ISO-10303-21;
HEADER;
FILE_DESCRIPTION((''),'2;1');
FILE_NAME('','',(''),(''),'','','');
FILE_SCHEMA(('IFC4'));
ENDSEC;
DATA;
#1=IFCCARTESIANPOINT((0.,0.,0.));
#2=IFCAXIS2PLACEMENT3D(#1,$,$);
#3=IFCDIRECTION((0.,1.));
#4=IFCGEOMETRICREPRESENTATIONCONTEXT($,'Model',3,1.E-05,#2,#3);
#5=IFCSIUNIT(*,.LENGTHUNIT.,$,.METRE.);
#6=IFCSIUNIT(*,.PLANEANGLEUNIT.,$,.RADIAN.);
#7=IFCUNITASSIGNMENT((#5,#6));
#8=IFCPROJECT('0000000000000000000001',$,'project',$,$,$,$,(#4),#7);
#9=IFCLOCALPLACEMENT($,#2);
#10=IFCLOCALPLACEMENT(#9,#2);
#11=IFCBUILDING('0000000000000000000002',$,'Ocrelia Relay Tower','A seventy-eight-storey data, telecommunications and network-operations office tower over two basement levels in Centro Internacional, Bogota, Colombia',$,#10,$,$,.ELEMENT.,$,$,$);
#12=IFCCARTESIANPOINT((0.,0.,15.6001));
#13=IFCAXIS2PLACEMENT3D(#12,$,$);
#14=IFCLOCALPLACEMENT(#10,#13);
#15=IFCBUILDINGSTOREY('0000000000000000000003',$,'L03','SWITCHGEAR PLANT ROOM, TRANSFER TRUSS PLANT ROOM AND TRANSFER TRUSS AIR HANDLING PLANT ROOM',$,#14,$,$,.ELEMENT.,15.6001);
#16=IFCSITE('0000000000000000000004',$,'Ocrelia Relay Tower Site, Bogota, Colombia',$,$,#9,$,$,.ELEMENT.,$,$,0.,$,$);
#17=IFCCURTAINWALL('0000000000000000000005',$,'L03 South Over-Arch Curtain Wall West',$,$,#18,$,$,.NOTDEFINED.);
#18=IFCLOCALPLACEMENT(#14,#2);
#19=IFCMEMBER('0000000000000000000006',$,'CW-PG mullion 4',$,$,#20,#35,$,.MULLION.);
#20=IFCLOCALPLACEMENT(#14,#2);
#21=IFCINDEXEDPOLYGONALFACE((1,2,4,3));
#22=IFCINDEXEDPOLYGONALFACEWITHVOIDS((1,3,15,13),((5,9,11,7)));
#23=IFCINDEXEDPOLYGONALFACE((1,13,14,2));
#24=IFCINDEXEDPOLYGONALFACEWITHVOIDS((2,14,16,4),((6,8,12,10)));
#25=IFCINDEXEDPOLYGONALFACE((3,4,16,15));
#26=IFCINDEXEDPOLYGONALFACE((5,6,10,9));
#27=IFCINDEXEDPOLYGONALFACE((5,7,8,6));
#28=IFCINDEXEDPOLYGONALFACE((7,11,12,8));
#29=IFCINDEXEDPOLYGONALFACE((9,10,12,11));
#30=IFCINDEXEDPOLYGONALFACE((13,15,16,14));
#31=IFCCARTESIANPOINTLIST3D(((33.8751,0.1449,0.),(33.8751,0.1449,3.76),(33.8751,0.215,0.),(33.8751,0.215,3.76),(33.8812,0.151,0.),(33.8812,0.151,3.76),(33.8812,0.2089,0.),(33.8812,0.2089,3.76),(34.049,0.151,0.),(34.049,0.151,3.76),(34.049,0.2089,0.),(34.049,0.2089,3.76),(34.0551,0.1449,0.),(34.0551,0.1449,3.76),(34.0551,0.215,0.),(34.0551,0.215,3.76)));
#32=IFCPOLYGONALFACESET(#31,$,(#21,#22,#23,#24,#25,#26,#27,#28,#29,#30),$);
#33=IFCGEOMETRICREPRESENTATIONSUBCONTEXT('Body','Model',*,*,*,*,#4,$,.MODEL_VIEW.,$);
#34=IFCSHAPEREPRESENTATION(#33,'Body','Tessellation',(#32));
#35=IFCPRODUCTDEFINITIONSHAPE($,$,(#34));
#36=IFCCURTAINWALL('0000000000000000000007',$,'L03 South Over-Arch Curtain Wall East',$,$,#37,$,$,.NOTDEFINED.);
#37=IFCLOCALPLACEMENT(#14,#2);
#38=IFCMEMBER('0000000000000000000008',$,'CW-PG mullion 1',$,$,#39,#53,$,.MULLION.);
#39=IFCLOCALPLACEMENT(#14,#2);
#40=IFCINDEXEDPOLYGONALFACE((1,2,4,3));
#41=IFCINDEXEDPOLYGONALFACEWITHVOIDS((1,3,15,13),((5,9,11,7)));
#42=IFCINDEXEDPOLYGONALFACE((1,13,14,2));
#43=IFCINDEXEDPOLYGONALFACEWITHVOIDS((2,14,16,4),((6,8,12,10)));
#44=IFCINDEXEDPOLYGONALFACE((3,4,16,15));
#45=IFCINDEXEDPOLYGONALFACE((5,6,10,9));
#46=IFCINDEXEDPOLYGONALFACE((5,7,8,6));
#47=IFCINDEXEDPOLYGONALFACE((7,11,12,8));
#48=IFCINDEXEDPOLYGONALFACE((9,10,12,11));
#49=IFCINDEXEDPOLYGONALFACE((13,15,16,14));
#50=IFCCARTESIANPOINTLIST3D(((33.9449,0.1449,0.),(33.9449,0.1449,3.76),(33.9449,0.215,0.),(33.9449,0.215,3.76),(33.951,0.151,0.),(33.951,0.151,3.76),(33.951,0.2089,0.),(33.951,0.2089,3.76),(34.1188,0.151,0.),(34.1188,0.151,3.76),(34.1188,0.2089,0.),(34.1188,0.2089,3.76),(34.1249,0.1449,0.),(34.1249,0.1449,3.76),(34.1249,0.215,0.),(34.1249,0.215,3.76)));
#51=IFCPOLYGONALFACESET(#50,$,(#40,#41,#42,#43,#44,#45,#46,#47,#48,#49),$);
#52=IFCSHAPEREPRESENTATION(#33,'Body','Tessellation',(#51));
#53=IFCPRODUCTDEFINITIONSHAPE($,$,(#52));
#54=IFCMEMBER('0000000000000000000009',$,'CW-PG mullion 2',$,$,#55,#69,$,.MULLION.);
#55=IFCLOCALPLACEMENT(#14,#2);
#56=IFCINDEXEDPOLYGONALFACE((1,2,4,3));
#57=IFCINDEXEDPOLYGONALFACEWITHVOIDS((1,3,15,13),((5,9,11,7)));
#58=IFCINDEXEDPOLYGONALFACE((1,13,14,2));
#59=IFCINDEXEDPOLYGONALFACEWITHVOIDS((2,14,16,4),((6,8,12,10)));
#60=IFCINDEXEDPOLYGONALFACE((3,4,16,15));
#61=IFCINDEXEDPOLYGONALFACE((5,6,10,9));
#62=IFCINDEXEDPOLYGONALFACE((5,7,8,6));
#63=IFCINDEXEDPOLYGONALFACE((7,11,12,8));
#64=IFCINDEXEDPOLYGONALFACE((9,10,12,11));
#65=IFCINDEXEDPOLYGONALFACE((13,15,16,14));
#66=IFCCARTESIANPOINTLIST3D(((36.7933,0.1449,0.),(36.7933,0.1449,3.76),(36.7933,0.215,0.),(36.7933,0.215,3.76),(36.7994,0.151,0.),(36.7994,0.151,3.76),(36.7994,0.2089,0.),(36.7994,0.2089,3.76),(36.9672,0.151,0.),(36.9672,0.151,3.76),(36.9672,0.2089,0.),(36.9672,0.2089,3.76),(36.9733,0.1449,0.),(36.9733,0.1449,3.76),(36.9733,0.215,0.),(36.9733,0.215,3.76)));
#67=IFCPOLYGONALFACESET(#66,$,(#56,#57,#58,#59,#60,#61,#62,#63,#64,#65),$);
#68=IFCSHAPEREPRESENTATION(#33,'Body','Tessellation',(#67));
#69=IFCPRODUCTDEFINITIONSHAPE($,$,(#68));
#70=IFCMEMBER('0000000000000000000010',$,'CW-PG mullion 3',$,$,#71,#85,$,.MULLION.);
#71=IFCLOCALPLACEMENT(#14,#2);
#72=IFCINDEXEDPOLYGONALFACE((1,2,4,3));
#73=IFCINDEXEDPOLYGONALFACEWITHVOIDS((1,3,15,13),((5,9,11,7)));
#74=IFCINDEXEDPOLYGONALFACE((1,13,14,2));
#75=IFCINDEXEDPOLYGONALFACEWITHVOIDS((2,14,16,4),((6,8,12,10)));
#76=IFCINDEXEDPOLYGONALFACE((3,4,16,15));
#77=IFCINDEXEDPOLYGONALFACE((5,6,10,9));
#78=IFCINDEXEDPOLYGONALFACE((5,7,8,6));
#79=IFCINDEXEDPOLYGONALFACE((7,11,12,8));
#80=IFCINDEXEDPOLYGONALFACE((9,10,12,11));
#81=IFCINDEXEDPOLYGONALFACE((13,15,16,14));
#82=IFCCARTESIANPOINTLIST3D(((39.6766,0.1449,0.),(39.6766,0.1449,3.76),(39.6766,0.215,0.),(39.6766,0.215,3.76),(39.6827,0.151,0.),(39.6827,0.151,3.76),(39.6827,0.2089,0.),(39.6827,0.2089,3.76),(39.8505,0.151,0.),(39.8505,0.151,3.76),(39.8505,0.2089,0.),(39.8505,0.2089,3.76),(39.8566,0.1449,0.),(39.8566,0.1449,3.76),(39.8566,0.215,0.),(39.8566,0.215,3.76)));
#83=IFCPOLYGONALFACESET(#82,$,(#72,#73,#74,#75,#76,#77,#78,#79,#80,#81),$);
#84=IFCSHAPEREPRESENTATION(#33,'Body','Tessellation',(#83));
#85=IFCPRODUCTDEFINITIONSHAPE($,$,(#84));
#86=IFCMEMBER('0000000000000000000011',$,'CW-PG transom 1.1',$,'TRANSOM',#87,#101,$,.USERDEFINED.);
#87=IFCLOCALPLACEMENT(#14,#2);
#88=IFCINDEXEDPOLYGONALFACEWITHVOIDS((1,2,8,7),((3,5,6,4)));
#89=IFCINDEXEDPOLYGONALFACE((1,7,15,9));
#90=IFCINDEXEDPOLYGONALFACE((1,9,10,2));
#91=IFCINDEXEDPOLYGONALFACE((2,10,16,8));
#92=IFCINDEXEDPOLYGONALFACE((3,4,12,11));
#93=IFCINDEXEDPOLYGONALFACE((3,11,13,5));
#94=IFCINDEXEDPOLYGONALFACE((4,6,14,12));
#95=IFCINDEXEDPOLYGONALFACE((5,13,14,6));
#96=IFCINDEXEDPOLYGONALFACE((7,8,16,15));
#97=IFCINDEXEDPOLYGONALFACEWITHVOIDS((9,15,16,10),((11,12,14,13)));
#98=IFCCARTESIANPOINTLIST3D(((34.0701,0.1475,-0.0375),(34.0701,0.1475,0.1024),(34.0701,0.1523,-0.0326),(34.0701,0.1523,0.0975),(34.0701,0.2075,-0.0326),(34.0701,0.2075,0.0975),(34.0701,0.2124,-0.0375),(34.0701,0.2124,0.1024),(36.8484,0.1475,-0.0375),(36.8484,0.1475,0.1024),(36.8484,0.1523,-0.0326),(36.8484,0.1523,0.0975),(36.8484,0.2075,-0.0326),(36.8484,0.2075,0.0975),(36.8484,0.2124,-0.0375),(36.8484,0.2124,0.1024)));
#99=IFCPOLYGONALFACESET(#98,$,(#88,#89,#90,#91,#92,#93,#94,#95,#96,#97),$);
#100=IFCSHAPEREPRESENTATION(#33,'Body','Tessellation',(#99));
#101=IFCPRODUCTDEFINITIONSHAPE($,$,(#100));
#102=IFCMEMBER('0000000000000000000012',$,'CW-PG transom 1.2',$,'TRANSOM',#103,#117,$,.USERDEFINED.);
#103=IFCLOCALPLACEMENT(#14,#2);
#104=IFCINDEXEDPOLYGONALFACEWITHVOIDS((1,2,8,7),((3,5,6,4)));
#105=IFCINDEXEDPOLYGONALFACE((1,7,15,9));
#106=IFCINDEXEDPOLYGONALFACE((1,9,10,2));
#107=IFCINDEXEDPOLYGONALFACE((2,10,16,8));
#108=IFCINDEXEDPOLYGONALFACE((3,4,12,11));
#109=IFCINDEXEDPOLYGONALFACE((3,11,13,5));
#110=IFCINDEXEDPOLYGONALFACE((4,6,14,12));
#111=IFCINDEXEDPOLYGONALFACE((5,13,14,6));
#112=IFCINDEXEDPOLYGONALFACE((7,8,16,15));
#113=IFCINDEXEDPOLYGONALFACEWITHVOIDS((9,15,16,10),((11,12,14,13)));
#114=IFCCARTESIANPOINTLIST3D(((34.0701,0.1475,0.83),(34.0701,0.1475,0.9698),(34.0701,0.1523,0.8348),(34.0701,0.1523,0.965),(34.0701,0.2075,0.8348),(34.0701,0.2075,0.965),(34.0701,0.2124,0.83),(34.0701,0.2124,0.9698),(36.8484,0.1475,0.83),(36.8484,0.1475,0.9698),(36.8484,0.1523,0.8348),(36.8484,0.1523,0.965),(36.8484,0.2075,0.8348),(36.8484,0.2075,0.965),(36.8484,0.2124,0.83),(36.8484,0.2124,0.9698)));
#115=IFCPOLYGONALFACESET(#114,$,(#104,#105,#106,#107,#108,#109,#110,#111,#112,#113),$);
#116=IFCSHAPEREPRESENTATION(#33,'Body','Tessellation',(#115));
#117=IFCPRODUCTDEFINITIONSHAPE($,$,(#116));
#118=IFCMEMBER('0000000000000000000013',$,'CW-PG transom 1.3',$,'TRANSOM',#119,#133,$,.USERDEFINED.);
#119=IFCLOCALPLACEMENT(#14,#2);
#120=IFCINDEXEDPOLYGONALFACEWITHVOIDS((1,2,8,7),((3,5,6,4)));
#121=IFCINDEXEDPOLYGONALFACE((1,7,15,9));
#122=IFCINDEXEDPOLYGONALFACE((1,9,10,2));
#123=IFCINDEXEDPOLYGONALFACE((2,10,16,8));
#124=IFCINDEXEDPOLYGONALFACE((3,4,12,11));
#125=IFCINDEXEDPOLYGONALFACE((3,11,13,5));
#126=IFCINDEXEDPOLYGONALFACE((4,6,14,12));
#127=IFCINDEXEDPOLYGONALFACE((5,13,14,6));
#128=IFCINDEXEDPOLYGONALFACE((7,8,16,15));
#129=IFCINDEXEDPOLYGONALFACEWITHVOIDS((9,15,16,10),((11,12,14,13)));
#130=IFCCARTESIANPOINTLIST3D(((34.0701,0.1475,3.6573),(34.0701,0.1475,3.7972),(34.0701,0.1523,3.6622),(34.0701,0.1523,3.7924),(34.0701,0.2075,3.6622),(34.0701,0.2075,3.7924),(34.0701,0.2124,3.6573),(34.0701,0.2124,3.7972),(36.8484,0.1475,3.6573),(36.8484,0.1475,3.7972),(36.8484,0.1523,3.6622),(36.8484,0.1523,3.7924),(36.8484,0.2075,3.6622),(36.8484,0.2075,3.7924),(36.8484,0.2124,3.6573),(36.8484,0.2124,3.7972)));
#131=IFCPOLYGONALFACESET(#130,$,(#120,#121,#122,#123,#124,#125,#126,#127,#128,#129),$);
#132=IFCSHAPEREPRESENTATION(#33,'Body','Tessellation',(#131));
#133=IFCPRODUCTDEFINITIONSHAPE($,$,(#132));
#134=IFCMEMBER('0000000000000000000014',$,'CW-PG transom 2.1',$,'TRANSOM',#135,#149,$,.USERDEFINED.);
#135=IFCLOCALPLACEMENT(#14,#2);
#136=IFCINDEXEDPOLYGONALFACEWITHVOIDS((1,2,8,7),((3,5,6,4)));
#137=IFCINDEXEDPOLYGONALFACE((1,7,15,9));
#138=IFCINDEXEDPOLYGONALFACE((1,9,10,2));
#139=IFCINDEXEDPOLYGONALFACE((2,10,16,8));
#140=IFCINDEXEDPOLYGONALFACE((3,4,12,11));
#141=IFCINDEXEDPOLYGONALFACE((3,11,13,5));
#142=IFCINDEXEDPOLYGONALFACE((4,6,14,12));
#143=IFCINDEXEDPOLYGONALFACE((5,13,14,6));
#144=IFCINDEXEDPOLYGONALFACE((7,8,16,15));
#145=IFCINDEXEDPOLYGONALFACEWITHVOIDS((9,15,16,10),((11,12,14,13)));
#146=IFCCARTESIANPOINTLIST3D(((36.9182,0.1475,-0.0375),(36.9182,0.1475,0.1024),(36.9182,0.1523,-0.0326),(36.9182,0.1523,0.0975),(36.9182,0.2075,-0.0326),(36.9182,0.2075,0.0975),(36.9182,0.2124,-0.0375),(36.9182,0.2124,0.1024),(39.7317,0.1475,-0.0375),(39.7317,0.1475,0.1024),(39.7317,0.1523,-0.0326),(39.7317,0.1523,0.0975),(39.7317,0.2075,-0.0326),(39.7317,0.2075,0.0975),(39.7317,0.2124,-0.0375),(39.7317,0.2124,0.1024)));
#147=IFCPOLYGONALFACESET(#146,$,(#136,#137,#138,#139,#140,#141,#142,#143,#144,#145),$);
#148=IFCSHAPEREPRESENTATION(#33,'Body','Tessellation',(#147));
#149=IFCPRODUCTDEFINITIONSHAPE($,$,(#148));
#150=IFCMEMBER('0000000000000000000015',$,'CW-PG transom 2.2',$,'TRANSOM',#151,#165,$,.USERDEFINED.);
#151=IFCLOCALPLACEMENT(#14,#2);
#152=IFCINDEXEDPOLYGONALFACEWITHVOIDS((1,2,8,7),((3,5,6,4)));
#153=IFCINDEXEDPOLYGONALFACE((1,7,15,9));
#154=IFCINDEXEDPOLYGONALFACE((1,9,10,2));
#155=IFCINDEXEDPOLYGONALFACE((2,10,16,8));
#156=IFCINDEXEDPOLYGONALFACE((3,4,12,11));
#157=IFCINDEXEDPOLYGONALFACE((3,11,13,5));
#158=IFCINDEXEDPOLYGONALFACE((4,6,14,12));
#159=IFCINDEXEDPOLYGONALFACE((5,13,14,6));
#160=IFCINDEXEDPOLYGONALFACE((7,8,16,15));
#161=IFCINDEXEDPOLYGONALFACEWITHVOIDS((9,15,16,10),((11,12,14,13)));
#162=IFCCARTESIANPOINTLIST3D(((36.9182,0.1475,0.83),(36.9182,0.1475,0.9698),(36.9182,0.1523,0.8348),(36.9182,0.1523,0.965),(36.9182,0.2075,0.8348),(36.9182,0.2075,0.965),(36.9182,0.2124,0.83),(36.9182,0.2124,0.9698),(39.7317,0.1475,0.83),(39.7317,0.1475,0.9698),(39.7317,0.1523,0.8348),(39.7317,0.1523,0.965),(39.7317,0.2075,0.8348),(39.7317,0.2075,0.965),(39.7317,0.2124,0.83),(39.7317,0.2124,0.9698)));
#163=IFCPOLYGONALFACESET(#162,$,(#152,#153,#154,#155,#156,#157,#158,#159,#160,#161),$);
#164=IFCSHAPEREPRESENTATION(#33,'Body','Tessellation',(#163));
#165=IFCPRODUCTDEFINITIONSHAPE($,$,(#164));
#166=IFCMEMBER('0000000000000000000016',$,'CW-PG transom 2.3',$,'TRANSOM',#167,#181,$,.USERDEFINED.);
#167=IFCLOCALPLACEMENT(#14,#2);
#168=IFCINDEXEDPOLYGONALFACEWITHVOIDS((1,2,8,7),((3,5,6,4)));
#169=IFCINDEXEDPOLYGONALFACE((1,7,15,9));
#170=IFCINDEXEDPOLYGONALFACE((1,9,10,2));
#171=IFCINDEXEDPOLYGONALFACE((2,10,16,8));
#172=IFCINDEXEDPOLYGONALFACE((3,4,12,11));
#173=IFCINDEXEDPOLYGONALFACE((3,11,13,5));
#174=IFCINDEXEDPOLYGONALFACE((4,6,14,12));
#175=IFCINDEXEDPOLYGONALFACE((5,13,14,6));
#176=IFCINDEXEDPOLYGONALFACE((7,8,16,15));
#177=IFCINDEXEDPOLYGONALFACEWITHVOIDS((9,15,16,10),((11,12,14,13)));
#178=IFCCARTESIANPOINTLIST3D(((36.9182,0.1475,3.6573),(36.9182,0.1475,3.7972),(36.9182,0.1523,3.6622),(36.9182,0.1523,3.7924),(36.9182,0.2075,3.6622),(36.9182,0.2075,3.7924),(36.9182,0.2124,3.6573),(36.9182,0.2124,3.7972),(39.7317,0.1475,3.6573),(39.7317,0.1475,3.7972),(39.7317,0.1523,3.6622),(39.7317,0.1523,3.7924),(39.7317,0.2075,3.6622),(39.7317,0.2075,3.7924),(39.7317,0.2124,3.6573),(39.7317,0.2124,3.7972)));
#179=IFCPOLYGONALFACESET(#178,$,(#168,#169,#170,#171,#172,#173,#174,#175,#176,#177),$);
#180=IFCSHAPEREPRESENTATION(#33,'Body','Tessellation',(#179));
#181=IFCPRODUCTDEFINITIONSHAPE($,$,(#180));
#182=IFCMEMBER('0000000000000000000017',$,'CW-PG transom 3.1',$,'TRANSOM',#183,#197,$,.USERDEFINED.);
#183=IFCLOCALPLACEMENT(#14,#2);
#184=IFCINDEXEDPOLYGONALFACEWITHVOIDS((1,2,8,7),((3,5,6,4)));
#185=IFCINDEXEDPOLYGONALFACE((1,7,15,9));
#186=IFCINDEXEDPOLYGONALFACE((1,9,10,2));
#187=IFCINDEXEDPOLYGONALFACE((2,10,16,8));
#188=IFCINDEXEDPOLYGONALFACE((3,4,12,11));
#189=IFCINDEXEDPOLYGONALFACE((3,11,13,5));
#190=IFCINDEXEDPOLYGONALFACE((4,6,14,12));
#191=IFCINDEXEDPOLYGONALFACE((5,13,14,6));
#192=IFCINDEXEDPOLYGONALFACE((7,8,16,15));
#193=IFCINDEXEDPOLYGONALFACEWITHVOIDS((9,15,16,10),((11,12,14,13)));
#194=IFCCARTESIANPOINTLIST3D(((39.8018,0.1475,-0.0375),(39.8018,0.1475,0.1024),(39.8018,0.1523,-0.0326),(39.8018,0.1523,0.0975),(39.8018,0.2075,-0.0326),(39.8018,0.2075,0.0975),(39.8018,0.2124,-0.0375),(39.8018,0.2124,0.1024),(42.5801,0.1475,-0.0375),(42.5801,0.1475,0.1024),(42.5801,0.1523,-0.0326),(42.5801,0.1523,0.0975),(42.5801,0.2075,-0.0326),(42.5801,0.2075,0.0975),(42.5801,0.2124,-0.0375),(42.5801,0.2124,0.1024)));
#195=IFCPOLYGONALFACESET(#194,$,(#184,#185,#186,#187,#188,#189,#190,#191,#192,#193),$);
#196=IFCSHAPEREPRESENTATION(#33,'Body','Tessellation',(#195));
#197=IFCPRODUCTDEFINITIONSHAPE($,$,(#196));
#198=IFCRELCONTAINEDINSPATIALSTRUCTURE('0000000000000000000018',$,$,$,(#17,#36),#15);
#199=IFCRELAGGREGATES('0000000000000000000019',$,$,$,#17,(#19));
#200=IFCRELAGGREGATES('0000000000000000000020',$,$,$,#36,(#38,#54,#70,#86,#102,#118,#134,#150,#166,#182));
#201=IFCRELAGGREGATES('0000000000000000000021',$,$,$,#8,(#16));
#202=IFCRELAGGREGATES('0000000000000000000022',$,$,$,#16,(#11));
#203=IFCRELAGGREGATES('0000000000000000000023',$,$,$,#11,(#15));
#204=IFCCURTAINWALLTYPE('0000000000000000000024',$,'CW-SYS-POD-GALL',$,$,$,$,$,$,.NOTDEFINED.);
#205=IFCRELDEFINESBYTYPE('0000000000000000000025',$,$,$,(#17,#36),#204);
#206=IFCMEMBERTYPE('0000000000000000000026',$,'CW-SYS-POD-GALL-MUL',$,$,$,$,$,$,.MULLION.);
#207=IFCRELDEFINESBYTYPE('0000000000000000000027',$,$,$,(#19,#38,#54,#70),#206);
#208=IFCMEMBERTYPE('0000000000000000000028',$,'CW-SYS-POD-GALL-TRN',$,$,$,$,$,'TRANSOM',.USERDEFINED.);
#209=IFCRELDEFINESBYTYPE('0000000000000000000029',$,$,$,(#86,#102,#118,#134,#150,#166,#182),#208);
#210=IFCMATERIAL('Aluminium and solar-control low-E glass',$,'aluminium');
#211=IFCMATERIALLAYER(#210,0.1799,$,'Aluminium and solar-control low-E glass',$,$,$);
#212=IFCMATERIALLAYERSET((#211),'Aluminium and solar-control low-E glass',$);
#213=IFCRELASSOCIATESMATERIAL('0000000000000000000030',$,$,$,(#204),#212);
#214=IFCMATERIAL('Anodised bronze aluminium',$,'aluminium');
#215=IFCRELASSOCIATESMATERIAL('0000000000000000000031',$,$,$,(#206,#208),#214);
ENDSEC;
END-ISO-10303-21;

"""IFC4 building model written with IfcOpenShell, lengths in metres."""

from ifc_helpers import new_model, si_unit, direction, frame, origin, origin_2d, place, context, subcontext, project, spatial, hollow_rectangle, extrude, material, layer, layer_set, material_profile, profile_set, type_object, element, aggregate, save


model = new_model("IFC4")

# Units and contexts
model_context = context("Model", 3, precision=1e-05, world=origin(), true_north=direction((0.0, 1.0)))
body_context = subcontext(model_context, "Body", "Model", "MODEL_VIEW")
ifc_project = project(units=[si_unit("LENGTHUNIT", "METRE"), si_unit("PLANEANGLEUNIT", "RADIAN")], contexts=[model_context])

# Site, building, storey
site_placement = place(None, origin())
site = spatial("IfcSite", under=ifc_project, at=site_placement, Name="Ocrelia Relay Tower Site, Bogota, Colombia", CompositionType="ELEMENT", RefElevation=0.0)
building_placement = place(site_placement, origin())
building = spatial("IfcBuilding", under=site, at=building_placement, Name="Ocrelia Relay Tower", Description="A seventy-eight-storey data, telecommunications and network-operations office tower over two basement levels in Centro Internacional, Bogota, Colombia", CompositionType="ELEMENT")
storey_placement = place(building_placement, frame((0.0, 0.0, 15.6001)))
storey = spatial("IfcBuildingStorey", under=building, at=storey_placement, Name="L03", Description="SWITCHGEAR PLANT ROOM, TRANSFER TRUSS PLANT ROOM AND TRANSFER TRUSS AIR HANDLING PLANT ROOM", CompositionType="ELEMENT", Elevation=15.6001)

# Curtain wall, member
ifc_material_1 = material(Name="Aluminium and solar-control low-E glass", Category="aluminium")
ifc_layer_1 = layer(ifc_material_1, 0.1799, Name="Aluminium and solar-control low-E glass")
ifc_layer_set_1 = layer_set([ifc_layer_1], Name="Aluminium and solar-control low-E glass")
curtain_wall_type = type_object("IfcCurtainWallType", Name="CW-SYS-POD-GALL", PredefinedType="NOTDEFINED", material=ifc_layer_set_1)
curtain_wall_1_placement = place(storey_placement, origin())
curtain_wall_1 = element("IfcCurtainWall", 1, at=curtain_wall_1_placement, inside=storey, type_object=curtain_wall_type, Name="L03 South Over-Arch Curtain Wall West", PredefinedType="NOTDEFINED")
ifc_material_2 = material(Name="Anodised bronze aluminium", Category="aluminium")
ifc_material_profile_1 = material_profile(ifc_material_2, hollow_rectangle(XDim=0.0701, YDim=0.1799, WallThickness=0.0061, at=origin_2d()), Name="CW-MUL-180x70")
ifc_profile_set_1 = profile_set([ifc_material_profile_1], Name="Anodised bronze aluminium")
member_type_1 = type_object("IfcMemberType", Name="CW-SYS-POD-GALL-MUL", PredefinedType="MULLION", material=ifc_profile_set_1)
member_1_placement = place(storey_placement, frame((33.9651, 0.1799, 0.0), z_axis=(0.0, 0.0, 1.0), x_axis=(0.0, 1.0, 0.0)))
member_1 = element("IfcMember", 2, at=member_1_placement, type_object=member_type_1, Name="CW-PG mullion 4", PredefinedType="MULLION", context=body_context, shape_type="SweptSolid", body=[
    extrude(hollow_rectangle(XDim=0.0701, YDim=0.1799, WallThickness=0.0061, at=origin_2d()), origin(), (0.0, 0.0, 1.0), 3.76),
])

# Curtain wall, members
curtain_wall_2_placement = place(storey_placement, origin())
curtain_wall_2 = element("IfcCurtainWall", 3, at=curtain_wall_2_placement, inside=storey, type_object=curtain_wall_type, Name="L03 South Over-Arch Curtain Wall East", PredefinedType="NOTDEFINED")
member_2_placement = place(storey_placement, frame((34.0349, 0.1799, 0.0), z_axis=(0.0, 0.0, 1.0), x_axis=(0.0, 1.0, 0.0)))
member_2 = element("IfcMember", 4, at=member_2_placement, type_object=member_type_1, Name="CW-PG mullion 1", PredefinedType="MULLION", context=body_context, shape_type="SweptSolid", body=[
    extrude(hollow_rectangle(XDim=0.0701, YDim=0.1799, WallThickness=0.0061, at=origin_2d()), origin(), (0.0, 0.0, 1.0), 3.76),
])
member_3_placement = place(storey_placement, frame((36.8833, 0.1799, 0.0), z_axis=(0.0, 0.0, 1.0), x_axis=(0.0, 1.0, 0.0)))
member_3 = element("IfcMember", 5, at=member_3_placement, type_object=member_type_1, Name="CW-PG mullion 2", PredefinedType="MULLION", context=body_context, shape_type="SweptSolid", body=[
    extrude(hollow_rectangle(XDim=0.0701, YDim=0.1799, WallThickness=0.0061, at=origin_2d()), origin(), (0.0, 0.0, 1.0), 3.76),
])
member_4_placement = place(storey_placement, frame((39.7666, 0.1799, 0.0), z_axis=(0.0, 0.0, 1.0), x_axis=(0.0, 1.0, 0.0)))
member_4 = element("IfcMember", 6, at=member_4_placement, type_object=member_type_1, Name="CW-PG mullion 3", PredefinedType="MULLION", context=body_context, shape_type="SweptSolid", body=[
    extrude(hollow_rectangle(XDim=0.0701, YDim=0.1799, WallThickness=0.0061, at=origin_2d()), origin(), (0.0, 0.0, 1.0), 3.76),
])
ifc_material_profile_2 = material_profile(ifc_material_2, hollow_rectangle(XDim=0.0649, YDim=0.1399, WallThickness=0.0049, at=origin_2d()), Name="CW-TRN-140x65")
ifc_profile_set_2 = profile_set([ifc_material_profile_2], Name="Anodised bronze aluminium")
member_type_2 = type_object("IfcMemberType", Name="CW-SYS-POD-GALL-TRN", ElementType="TRANSOM", PredefinedType="USERDEFINED", material=ifc_profile_set_2)
member_5_placement = place(storey_placement, frame((34.0701, 0.1799, 0.0325), z_axis=(1.0, 0.0, 0.0), x_axis=(0.0, 1.0, 0.0)))
member_5 = element("IfcMember", 7, at=member_5_placement, type_object=member_type_2, Name="CW-PG transom 1.1", ObjectType="TRANSOM", PredefinedType="USERDEFINED", context=body_context, shape_type="SweptSolid", body=[
    extrude(hollow_rectangle(XDim=0.0649, YDim=0.1399, WallThickness=0.0049, at=origin_2d()), origin(), (0.0, 0.0, 1.0), 2.7783),
])
member_6_placement = place(storey_placement, frame((34.0701, 0.1799, 0.8999), z_axis=(1.0, 0.0, 0.0), x_axis=(0.0, 1.0, 0.0)))
member_6 = element("IfcMember", 8, at=member_6_placement, type_object=member_type_2, Name="CW-PG transom 1.2", ObjectType="TRANSOM", PredefinedType="USERDEFINED", context=body_context, shape_type="SweptSolid", body=[
    extrude(hollow_rectangle(XDim=0.0649, YDim=0.1399, WallThickness=0.0049, at=origin_2d()), origin(), (0.0, 0.0, 1.0), 2.7783),
])
member_7_placement = place(storey_placement, frame((34.0701, 0.1799, 3.7273), z_axis=(1.0, 0.0, 0.0), x_axis=(0.0, 1.0, 0.0)))
member_7 = element("IfcMember", 9, at=member_7_placement, type_object=member_type_2, Name="CW-PG transom 1.3", ObjectType="TRANSOM", PredefinedType="USERDEFINED", context=body_context, shape_type="SweptSolid", body=[
    extrude(hollow_rectangle(XDim=0.0649, YDim=0.1399, WallThickness=0.0049, at=origin_2d()), origin(), (0.0, 0.0, 1.0), 2.7783),
])
member_8_placement = place(storey_placement, frame((36.9182, 0.1799, 0.0325), z_axis=(1.0, 0.0, 0.0), x_axis=(0.0, 1.0, 0.0)))
member_8 = element("IfcMember", 10, at=member_8_placement, type_object=member_type_2, Name="CW-PG transom 2.1", ObjectType="TRANSOM", PredefinedType="USERDEFINED", context=body_context, shape_type="SweptSolid", body=[
    extrude(hollow_rectangle(XDim=0.0649, YDim=0.1399, WallThickness=0.0049, at=origin_2d()), origin(), (0.0, 0.0, 1.0), 2.8135),
])
member_9_placement = place(storey_placement, frame((36.9182, 0.1799, 0.8999), z_axis=(1.0, 0.0, 0.0), x_axis=(0.0, 1.0, 0.0)))
member_9 = element("IfcMember", 11, at=member_9_placement, type_object=member_type_2, Name="CW-PG transom 2.2", ObjectType="TRANSOM", PredefinedType="USERDEFINED", context=body_context, shape_type="SweptSolid", body=[
    extrude(hollow_rectangle(XDim=0.0649, YDim=0.1399, WallThickness=0.0049, at=origin_2d()), origin(), (0.0, 0.0, 1.0), 2.8135),
])
member_10_placement = place(storey_placement, frame((36.9182, 0.1799, 3.7273), z_axis=(1.0, 0.0, 0.0), x_axis=(0.0, 1.0, 0.0)))
member_10 = element("IfcMember", 12, at=member_10_placement, type_object=member_type_2, Name="CW-PG transom 2.3", ObjectType="TRANSOM", PredefinedType="USERDEFINED", context=body_context, shape_type="SweptSolid", body=[
    extrude(hollow_rectangle(XDim=0.0649, YDim=0.1399, WallThickness=0.0049, at=origin_2d()), origin(), (0.0, 0.0, 1.0), 2.8135),
])
member_11_placement = place(storey_placement, frame((39.8018, 0.1799, 0.0325), z_axis=(1.0, 0.0, 0.0), x_axis=(0.0, 1.0, 0.0)))
member_11 = element("IfcMember", 13, at=member_11_placement, type_object=member_type_2, Name="CW-PG transom 3.1", ObjectType="TRANSOM", PredefinedType="USERDEFINED", context=body_context, shape_type="SweptSolid", body=[
    extrude(hollow_rectangle(XDim=0.0649, YDim=0.1399, WallThickness=0.0049, at=origin_2d()), origin(), (0.0, 0.0, 1.0), 2.7783),
])

aggregate(curtain_wall_1, [member_1])
aggregate(curtain_wall_2, [member_2, member_3, member_4, member_5, member_6, member_7, member_8, member_9, member_10, member_11])

save(model, "model.ifc")
